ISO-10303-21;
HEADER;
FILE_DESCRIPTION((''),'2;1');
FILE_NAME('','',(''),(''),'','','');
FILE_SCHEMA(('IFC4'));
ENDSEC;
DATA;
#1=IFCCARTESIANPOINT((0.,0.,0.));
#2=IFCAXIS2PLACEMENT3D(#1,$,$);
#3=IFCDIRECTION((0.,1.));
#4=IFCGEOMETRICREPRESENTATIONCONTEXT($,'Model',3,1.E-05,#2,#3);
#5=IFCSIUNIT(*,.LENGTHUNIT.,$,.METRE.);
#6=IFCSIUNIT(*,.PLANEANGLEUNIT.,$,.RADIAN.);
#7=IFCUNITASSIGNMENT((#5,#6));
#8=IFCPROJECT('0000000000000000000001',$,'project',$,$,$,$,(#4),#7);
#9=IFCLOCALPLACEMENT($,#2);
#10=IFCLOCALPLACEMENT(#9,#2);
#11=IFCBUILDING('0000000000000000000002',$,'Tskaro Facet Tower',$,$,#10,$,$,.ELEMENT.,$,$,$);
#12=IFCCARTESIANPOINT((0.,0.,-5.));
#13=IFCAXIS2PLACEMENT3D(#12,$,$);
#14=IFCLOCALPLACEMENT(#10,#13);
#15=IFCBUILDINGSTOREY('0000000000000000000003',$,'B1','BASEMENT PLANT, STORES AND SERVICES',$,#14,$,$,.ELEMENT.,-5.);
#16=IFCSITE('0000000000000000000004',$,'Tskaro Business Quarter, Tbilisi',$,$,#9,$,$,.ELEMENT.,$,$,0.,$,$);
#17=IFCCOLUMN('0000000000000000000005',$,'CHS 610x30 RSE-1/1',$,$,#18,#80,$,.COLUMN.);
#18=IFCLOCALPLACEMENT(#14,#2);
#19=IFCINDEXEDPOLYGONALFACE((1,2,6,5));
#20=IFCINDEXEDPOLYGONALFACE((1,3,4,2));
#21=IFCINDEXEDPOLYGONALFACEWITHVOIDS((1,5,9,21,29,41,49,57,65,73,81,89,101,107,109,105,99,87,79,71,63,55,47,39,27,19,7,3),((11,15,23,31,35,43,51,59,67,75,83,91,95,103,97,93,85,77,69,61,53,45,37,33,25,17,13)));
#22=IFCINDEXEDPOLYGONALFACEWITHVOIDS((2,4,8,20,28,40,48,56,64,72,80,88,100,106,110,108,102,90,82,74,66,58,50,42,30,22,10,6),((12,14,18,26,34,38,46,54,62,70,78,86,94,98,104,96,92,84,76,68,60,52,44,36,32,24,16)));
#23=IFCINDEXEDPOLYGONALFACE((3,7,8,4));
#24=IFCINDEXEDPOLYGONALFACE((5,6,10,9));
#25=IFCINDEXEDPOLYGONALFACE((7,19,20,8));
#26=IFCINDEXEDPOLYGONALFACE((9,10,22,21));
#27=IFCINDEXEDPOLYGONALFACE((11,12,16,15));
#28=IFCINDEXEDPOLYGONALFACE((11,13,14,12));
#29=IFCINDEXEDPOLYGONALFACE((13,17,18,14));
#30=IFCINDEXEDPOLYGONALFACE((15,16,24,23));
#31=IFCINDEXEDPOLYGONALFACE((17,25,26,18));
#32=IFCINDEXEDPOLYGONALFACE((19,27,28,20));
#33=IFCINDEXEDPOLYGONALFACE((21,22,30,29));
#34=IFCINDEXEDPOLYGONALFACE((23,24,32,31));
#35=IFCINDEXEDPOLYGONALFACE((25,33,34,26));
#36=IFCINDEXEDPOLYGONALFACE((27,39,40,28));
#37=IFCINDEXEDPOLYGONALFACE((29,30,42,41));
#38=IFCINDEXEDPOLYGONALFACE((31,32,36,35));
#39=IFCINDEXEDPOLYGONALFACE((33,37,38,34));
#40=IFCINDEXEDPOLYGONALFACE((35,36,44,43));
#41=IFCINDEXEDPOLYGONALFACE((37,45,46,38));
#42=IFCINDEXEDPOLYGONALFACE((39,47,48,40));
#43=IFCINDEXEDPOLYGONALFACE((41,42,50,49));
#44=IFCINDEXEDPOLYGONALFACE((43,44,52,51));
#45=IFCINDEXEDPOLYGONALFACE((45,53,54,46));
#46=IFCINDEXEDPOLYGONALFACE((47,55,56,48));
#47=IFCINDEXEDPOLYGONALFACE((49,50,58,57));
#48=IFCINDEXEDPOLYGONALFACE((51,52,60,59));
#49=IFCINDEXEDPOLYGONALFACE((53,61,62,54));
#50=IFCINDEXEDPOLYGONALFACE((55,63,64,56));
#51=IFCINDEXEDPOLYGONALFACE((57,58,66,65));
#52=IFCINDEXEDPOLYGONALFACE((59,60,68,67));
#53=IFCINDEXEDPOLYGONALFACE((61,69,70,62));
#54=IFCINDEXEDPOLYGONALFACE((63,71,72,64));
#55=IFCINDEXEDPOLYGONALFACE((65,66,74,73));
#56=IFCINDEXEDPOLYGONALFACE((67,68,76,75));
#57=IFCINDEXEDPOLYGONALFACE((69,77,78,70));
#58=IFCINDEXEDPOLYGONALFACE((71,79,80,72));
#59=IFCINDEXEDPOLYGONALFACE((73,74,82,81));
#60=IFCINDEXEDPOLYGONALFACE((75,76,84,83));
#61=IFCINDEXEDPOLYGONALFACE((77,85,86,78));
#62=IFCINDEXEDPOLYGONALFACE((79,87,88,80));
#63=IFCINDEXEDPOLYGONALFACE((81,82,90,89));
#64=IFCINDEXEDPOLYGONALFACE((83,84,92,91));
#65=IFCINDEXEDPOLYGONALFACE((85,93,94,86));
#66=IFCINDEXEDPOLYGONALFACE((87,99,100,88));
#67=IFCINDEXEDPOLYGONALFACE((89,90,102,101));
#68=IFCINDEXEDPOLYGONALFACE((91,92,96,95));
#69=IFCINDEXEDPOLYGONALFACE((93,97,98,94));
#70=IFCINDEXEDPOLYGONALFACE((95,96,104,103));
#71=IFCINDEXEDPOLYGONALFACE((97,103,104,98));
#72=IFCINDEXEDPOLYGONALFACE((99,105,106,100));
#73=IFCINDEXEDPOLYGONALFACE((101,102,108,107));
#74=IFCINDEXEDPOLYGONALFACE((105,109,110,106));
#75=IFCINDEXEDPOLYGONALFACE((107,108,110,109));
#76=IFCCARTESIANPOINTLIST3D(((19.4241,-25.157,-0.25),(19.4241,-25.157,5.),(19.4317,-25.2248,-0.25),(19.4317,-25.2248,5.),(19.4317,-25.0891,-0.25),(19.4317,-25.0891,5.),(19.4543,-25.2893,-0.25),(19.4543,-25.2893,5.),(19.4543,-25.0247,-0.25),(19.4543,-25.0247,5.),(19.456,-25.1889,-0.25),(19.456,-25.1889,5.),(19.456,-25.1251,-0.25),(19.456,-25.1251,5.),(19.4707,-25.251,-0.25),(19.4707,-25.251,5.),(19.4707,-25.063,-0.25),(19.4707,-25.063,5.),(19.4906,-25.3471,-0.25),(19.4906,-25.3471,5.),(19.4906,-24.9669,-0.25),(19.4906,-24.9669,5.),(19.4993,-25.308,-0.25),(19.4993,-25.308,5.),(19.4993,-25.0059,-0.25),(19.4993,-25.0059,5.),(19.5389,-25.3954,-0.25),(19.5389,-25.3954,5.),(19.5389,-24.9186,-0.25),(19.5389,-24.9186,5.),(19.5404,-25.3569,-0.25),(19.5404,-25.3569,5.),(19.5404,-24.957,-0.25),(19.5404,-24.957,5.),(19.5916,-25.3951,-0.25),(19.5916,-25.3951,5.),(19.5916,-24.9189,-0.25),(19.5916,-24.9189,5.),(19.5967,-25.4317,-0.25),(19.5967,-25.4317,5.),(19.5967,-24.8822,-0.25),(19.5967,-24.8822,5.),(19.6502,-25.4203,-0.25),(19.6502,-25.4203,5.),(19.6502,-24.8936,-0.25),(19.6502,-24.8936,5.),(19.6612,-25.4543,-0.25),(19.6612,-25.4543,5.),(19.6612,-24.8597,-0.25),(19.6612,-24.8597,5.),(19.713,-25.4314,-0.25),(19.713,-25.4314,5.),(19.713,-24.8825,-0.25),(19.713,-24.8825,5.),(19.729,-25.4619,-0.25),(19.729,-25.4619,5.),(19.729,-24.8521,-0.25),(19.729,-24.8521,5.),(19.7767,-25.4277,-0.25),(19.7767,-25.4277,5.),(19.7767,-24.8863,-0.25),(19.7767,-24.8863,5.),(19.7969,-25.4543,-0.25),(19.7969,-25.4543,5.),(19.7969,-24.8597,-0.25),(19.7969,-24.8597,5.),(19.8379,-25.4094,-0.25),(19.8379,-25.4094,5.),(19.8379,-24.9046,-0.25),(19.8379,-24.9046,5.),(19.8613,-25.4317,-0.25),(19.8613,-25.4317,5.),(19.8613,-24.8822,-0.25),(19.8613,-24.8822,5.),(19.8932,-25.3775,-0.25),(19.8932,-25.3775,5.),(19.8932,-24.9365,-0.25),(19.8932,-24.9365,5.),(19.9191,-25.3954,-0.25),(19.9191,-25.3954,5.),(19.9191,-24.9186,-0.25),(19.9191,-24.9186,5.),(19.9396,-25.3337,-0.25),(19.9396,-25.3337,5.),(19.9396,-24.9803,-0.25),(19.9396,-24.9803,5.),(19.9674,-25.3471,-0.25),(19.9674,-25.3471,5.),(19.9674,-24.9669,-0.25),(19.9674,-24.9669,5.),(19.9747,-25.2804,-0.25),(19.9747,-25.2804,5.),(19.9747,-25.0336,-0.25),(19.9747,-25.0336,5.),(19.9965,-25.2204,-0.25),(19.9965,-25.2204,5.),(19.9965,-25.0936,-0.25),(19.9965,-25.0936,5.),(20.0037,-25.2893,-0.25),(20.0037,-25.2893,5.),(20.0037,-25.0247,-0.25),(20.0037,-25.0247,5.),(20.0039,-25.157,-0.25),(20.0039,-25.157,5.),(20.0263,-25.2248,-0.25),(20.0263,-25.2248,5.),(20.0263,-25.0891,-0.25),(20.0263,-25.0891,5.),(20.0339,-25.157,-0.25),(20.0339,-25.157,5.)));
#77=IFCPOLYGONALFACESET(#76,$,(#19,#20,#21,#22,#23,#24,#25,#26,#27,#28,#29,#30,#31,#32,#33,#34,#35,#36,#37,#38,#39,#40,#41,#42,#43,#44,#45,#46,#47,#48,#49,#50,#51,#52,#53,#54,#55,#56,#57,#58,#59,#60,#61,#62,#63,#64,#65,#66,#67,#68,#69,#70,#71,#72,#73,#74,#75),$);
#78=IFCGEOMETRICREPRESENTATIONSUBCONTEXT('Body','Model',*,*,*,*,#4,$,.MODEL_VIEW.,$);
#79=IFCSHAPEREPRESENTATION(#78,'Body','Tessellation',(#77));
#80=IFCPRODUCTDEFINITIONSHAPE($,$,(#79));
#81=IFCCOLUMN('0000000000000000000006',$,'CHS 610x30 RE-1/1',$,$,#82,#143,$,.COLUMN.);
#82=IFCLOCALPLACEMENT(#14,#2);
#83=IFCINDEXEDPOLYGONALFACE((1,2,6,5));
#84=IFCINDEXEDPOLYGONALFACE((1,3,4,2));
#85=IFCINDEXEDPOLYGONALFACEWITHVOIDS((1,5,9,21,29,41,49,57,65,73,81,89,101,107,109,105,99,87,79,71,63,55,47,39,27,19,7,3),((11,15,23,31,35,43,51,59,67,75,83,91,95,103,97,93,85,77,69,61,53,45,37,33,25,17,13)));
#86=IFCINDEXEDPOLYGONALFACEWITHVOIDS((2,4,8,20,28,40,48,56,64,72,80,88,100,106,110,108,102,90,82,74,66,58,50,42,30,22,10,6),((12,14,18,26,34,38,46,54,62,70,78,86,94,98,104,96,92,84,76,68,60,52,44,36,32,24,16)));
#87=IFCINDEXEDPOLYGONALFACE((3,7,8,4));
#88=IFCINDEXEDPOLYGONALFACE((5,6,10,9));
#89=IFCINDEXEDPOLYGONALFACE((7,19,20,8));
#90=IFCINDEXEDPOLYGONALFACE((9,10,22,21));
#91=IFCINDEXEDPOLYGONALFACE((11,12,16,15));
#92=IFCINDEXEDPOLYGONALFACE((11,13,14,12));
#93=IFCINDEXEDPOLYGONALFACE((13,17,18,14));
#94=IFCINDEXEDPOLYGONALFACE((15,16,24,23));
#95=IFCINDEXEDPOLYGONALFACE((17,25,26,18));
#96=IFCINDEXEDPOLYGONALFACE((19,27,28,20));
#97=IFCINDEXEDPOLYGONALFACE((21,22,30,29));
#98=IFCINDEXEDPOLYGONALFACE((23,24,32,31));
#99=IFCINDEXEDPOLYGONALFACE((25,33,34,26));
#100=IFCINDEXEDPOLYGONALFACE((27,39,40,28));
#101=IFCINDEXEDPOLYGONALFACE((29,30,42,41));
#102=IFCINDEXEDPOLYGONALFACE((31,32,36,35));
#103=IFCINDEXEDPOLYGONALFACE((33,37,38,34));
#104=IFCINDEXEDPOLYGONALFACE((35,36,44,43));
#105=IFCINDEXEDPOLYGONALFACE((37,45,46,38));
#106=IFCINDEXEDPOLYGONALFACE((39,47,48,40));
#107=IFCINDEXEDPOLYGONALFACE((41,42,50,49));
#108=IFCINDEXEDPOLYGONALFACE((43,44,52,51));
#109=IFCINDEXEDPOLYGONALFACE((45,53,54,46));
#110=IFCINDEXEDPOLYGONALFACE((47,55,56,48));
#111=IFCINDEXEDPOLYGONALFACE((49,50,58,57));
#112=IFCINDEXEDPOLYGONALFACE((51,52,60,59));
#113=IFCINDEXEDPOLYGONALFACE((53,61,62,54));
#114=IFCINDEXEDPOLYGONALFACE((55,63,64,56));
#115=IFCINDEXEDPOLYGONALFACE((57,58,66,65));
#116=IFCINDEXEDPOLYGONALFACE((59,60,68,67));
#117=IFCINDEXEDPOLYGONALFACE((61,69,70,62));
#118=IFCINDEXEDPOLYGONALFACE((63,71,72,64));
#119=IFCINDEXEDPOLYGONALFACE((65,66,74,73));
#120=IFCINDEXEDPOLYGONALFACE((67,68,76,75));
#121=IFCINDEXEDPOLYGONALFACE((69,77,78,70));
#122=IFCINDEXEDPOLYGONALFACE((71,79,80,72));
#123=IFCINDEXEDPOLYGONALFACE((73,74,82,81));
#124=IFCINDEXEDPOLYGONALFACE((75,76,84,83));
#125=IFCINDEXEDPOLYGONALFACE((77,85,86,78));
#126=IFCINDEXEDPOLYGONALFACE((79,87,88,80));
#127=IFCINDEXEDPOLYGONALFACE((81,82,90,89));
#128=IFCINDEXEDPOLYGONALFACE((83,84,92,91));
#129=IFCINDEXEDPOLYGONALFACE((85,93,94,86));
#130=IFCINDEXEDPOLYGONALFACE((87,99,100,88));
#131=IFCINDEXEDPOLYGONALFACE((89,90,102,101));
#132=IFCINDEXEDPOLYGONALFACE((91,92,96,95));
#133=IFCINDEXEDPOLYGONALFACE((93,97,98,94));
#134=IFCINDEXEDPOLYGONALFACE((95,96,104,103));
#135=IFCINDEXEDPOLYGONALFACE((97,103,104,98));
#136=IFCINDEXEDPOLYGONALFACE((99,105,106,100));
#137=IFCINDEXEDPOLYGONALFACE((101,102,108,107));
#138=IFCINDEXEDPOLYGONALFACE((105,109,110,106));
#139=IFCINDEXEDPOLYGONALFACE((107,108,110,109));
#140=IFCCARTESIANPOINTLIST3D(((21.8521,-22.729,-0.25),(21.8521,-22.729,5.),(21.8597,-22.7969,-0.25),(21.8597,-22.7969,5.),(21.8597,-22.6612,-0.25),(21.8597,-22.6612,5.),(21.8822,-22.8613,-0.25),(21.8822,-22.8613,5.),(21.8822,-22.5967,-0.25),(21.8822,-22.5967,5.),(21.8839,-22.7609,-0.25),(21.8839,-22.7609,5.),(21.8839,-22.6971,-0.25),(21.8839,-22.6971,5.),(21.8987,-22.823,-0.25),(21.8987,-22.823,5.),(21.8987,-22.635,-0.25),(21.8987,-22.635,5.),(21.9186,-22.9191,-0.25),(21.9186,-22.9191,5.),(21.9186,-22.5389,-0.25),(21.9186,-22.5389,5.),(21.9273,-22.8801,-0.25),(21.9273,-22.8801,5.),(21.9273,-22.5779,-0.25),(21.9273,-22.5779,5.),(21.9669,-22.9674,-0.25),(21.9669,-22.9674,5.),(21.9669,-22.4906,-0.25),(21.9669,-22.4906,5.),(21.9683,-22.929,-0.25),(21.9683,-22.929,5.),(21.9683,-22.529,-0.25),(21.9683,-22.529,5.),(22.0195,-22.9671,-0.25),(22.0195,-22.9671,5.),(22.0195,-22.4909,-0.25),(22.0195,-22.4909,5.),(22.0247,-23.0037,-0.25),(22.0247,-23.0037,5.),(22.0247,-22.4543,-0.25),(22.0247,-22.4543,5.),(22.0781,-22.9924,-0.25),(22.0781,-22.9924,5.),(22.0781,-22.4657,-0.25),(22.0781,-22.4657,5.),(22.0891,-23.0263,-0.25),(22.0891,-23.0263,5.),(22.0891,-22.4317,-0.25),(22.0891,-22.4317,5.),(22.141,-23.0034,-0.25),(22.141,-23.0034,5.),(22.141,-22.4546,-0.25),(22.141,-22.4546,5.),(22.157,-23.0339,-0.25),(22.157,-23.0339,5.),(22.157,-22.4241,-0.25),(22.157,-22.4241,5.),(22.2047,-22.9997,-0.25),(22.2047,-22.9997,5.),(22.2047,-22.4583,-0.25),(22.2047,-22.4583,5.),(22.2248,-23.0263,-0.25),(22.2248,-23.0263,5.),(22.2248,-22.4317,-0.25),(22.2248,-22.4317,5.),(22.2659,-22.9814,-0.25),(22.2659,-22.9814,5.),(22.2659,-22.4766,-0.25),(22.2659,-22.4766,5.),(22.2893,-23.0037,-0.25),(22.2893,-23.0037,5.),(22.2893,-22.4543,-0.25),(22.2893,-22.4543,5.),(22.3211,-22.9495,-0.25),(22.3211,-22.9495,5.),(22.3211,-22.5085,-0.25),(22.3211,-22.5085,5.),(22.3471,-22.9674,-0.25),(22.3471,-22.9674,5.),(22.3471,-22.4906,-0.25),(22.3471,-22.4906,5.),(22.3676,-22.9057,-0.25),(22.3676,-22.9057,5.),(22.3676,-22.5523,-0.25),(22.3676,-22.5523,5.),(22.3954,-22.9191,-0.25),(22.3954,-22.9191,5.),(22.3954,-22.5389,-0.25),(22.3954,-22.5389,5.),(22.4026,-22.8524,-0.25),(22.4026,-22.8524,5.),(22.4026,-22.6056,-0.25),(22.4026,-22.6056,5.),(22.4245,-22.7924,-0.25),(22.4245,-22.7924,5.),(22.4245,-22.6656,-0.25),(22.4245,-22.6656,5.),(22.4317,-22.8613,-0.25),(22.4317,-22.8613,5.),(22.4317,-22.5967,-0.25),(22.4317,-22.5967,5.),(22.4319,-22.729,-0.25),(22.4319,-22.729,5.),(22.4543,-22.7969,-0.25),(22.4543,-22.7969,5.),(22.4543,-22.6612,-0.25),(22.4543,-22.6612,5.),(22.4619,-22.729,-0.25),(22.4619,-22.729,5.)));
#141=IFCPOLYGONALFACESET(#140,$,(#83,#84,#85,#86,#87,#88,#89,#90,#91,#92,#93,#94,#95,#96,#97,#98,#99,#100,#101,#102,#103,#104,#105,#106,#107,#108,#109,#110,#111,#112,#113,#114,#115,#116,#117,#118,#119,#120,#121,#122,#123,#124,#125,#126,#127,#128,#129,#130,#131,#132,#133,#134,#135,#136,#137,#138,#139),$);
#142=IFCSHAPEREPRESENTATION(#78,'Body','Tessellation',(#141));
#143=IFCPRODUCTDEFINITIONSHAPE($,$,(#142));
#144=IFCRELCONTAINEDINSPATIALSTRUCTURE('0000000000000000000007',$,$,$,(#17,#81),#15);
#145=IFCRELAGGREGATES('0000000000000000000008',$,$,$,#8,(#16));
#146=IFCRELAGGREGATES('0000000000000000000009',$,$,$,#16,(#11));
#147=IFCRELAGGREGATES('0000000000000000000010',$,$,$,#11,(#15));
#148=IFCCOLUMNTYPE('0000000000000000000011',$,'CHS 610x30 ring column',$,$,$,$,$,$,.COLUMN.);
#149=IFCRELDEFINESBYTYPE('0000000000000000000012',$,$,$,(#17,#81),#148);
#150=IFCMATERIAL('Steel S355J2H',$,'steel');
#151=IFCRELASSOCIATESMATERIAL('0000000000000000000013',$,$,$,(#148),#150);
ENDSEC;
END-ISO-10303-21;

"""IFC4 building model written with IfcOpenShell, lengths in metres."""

from ifc_helpers import new_model, si_unit, direction, frame, origin, origin_2d, place, context, subcontext, project, spatial, hollow_circle, extrude, material, material_profile, profile_set, type_object, element, save


model = new_model("IFC4")

# Units and contexts
model_context = context("Model", 3, precision=1e-05, world=origin(), true_north=direction((0.0, 1.0)))
body_context = subcontext(model_context, "Body", "Model", "MODEL_VIEW")
ifc_project = project(units=[si_unit("LENGTHUNIT", "METRE"), si_unit("PLANEANGLEUNIT", "RADIAN")], contexts=[model_context])

# Site, building, storey
site_placement = place(None, origin())
site = spatial("IfcSite", under=ifc_project, at=site_placement, Name="Tskaro Business Quarter, Tbilisi", CompositionType="ELEMENT", RefElevation=0.0)
building_placement = place(site_placement, origin())
building = spatial("IfcBuilding", under=site, at=building_placement, Name="Tskaro Facet Tower", CompositionType="ELEMENT")
storey_placement = place(building_placement, frame((0.0, 0.0, -5.0)))
storey = spatial("IfcBuildingStorey", under=building, at=storey_placement, Name="B1", Description="BASEMENT PLANT, STORES AND SERVICES", CompositionType="ELEMENT", Elevation=-5.0)

# Columns
ifc_material_1 = material(Name="Steel S355J2H", Category="steel")
ifc_material_profile_1 = material_profile(ifc_material_1, hollow_circle(Radius=0.3049, WallThickness=0.03, at=origin_2d()), Name="CHS 610x30")
ifc_profile_set_1 = profile_set([ifc_material_profile_1], Name="Steel S355J2H")
column_type_1 = type_object("IfcColumnType", Name="CHS 610x30 ring column", PredefinedType="COLUMN", material=ifc_profile_set_1)
for number, where, z_axis, x_axis, name in (
    (1, (19.729, -25.157, -0.25), (0.0, 0.0, 1.0), (1.0, 0.0, 0.0), "CHS 610x30 RSE-1/1"),
    (2, (22.157, -22.729, -0.25), (0.0, 0.0, 1.0), (1.0, 0.0, 0.0), "CHS 610x30 RE-1/1"),
):
    element("IfcColumn", number, at=place(storey_placement, frame(where, z_axis=z_axis, x_axis=x_axis)), inside=storey, type_object=column_type_1, Name=name, PredefinedType="COLUMN", context=body_context, shape_type="SweptSolid", body=[
        extrude(hollow_circle(Radius=0.3049, WallThickness=0.03, at=origin_2d()), origin(), (0.0, 0.0, 1.0), 5.25),
    ])

save(model, "model.ifc")
